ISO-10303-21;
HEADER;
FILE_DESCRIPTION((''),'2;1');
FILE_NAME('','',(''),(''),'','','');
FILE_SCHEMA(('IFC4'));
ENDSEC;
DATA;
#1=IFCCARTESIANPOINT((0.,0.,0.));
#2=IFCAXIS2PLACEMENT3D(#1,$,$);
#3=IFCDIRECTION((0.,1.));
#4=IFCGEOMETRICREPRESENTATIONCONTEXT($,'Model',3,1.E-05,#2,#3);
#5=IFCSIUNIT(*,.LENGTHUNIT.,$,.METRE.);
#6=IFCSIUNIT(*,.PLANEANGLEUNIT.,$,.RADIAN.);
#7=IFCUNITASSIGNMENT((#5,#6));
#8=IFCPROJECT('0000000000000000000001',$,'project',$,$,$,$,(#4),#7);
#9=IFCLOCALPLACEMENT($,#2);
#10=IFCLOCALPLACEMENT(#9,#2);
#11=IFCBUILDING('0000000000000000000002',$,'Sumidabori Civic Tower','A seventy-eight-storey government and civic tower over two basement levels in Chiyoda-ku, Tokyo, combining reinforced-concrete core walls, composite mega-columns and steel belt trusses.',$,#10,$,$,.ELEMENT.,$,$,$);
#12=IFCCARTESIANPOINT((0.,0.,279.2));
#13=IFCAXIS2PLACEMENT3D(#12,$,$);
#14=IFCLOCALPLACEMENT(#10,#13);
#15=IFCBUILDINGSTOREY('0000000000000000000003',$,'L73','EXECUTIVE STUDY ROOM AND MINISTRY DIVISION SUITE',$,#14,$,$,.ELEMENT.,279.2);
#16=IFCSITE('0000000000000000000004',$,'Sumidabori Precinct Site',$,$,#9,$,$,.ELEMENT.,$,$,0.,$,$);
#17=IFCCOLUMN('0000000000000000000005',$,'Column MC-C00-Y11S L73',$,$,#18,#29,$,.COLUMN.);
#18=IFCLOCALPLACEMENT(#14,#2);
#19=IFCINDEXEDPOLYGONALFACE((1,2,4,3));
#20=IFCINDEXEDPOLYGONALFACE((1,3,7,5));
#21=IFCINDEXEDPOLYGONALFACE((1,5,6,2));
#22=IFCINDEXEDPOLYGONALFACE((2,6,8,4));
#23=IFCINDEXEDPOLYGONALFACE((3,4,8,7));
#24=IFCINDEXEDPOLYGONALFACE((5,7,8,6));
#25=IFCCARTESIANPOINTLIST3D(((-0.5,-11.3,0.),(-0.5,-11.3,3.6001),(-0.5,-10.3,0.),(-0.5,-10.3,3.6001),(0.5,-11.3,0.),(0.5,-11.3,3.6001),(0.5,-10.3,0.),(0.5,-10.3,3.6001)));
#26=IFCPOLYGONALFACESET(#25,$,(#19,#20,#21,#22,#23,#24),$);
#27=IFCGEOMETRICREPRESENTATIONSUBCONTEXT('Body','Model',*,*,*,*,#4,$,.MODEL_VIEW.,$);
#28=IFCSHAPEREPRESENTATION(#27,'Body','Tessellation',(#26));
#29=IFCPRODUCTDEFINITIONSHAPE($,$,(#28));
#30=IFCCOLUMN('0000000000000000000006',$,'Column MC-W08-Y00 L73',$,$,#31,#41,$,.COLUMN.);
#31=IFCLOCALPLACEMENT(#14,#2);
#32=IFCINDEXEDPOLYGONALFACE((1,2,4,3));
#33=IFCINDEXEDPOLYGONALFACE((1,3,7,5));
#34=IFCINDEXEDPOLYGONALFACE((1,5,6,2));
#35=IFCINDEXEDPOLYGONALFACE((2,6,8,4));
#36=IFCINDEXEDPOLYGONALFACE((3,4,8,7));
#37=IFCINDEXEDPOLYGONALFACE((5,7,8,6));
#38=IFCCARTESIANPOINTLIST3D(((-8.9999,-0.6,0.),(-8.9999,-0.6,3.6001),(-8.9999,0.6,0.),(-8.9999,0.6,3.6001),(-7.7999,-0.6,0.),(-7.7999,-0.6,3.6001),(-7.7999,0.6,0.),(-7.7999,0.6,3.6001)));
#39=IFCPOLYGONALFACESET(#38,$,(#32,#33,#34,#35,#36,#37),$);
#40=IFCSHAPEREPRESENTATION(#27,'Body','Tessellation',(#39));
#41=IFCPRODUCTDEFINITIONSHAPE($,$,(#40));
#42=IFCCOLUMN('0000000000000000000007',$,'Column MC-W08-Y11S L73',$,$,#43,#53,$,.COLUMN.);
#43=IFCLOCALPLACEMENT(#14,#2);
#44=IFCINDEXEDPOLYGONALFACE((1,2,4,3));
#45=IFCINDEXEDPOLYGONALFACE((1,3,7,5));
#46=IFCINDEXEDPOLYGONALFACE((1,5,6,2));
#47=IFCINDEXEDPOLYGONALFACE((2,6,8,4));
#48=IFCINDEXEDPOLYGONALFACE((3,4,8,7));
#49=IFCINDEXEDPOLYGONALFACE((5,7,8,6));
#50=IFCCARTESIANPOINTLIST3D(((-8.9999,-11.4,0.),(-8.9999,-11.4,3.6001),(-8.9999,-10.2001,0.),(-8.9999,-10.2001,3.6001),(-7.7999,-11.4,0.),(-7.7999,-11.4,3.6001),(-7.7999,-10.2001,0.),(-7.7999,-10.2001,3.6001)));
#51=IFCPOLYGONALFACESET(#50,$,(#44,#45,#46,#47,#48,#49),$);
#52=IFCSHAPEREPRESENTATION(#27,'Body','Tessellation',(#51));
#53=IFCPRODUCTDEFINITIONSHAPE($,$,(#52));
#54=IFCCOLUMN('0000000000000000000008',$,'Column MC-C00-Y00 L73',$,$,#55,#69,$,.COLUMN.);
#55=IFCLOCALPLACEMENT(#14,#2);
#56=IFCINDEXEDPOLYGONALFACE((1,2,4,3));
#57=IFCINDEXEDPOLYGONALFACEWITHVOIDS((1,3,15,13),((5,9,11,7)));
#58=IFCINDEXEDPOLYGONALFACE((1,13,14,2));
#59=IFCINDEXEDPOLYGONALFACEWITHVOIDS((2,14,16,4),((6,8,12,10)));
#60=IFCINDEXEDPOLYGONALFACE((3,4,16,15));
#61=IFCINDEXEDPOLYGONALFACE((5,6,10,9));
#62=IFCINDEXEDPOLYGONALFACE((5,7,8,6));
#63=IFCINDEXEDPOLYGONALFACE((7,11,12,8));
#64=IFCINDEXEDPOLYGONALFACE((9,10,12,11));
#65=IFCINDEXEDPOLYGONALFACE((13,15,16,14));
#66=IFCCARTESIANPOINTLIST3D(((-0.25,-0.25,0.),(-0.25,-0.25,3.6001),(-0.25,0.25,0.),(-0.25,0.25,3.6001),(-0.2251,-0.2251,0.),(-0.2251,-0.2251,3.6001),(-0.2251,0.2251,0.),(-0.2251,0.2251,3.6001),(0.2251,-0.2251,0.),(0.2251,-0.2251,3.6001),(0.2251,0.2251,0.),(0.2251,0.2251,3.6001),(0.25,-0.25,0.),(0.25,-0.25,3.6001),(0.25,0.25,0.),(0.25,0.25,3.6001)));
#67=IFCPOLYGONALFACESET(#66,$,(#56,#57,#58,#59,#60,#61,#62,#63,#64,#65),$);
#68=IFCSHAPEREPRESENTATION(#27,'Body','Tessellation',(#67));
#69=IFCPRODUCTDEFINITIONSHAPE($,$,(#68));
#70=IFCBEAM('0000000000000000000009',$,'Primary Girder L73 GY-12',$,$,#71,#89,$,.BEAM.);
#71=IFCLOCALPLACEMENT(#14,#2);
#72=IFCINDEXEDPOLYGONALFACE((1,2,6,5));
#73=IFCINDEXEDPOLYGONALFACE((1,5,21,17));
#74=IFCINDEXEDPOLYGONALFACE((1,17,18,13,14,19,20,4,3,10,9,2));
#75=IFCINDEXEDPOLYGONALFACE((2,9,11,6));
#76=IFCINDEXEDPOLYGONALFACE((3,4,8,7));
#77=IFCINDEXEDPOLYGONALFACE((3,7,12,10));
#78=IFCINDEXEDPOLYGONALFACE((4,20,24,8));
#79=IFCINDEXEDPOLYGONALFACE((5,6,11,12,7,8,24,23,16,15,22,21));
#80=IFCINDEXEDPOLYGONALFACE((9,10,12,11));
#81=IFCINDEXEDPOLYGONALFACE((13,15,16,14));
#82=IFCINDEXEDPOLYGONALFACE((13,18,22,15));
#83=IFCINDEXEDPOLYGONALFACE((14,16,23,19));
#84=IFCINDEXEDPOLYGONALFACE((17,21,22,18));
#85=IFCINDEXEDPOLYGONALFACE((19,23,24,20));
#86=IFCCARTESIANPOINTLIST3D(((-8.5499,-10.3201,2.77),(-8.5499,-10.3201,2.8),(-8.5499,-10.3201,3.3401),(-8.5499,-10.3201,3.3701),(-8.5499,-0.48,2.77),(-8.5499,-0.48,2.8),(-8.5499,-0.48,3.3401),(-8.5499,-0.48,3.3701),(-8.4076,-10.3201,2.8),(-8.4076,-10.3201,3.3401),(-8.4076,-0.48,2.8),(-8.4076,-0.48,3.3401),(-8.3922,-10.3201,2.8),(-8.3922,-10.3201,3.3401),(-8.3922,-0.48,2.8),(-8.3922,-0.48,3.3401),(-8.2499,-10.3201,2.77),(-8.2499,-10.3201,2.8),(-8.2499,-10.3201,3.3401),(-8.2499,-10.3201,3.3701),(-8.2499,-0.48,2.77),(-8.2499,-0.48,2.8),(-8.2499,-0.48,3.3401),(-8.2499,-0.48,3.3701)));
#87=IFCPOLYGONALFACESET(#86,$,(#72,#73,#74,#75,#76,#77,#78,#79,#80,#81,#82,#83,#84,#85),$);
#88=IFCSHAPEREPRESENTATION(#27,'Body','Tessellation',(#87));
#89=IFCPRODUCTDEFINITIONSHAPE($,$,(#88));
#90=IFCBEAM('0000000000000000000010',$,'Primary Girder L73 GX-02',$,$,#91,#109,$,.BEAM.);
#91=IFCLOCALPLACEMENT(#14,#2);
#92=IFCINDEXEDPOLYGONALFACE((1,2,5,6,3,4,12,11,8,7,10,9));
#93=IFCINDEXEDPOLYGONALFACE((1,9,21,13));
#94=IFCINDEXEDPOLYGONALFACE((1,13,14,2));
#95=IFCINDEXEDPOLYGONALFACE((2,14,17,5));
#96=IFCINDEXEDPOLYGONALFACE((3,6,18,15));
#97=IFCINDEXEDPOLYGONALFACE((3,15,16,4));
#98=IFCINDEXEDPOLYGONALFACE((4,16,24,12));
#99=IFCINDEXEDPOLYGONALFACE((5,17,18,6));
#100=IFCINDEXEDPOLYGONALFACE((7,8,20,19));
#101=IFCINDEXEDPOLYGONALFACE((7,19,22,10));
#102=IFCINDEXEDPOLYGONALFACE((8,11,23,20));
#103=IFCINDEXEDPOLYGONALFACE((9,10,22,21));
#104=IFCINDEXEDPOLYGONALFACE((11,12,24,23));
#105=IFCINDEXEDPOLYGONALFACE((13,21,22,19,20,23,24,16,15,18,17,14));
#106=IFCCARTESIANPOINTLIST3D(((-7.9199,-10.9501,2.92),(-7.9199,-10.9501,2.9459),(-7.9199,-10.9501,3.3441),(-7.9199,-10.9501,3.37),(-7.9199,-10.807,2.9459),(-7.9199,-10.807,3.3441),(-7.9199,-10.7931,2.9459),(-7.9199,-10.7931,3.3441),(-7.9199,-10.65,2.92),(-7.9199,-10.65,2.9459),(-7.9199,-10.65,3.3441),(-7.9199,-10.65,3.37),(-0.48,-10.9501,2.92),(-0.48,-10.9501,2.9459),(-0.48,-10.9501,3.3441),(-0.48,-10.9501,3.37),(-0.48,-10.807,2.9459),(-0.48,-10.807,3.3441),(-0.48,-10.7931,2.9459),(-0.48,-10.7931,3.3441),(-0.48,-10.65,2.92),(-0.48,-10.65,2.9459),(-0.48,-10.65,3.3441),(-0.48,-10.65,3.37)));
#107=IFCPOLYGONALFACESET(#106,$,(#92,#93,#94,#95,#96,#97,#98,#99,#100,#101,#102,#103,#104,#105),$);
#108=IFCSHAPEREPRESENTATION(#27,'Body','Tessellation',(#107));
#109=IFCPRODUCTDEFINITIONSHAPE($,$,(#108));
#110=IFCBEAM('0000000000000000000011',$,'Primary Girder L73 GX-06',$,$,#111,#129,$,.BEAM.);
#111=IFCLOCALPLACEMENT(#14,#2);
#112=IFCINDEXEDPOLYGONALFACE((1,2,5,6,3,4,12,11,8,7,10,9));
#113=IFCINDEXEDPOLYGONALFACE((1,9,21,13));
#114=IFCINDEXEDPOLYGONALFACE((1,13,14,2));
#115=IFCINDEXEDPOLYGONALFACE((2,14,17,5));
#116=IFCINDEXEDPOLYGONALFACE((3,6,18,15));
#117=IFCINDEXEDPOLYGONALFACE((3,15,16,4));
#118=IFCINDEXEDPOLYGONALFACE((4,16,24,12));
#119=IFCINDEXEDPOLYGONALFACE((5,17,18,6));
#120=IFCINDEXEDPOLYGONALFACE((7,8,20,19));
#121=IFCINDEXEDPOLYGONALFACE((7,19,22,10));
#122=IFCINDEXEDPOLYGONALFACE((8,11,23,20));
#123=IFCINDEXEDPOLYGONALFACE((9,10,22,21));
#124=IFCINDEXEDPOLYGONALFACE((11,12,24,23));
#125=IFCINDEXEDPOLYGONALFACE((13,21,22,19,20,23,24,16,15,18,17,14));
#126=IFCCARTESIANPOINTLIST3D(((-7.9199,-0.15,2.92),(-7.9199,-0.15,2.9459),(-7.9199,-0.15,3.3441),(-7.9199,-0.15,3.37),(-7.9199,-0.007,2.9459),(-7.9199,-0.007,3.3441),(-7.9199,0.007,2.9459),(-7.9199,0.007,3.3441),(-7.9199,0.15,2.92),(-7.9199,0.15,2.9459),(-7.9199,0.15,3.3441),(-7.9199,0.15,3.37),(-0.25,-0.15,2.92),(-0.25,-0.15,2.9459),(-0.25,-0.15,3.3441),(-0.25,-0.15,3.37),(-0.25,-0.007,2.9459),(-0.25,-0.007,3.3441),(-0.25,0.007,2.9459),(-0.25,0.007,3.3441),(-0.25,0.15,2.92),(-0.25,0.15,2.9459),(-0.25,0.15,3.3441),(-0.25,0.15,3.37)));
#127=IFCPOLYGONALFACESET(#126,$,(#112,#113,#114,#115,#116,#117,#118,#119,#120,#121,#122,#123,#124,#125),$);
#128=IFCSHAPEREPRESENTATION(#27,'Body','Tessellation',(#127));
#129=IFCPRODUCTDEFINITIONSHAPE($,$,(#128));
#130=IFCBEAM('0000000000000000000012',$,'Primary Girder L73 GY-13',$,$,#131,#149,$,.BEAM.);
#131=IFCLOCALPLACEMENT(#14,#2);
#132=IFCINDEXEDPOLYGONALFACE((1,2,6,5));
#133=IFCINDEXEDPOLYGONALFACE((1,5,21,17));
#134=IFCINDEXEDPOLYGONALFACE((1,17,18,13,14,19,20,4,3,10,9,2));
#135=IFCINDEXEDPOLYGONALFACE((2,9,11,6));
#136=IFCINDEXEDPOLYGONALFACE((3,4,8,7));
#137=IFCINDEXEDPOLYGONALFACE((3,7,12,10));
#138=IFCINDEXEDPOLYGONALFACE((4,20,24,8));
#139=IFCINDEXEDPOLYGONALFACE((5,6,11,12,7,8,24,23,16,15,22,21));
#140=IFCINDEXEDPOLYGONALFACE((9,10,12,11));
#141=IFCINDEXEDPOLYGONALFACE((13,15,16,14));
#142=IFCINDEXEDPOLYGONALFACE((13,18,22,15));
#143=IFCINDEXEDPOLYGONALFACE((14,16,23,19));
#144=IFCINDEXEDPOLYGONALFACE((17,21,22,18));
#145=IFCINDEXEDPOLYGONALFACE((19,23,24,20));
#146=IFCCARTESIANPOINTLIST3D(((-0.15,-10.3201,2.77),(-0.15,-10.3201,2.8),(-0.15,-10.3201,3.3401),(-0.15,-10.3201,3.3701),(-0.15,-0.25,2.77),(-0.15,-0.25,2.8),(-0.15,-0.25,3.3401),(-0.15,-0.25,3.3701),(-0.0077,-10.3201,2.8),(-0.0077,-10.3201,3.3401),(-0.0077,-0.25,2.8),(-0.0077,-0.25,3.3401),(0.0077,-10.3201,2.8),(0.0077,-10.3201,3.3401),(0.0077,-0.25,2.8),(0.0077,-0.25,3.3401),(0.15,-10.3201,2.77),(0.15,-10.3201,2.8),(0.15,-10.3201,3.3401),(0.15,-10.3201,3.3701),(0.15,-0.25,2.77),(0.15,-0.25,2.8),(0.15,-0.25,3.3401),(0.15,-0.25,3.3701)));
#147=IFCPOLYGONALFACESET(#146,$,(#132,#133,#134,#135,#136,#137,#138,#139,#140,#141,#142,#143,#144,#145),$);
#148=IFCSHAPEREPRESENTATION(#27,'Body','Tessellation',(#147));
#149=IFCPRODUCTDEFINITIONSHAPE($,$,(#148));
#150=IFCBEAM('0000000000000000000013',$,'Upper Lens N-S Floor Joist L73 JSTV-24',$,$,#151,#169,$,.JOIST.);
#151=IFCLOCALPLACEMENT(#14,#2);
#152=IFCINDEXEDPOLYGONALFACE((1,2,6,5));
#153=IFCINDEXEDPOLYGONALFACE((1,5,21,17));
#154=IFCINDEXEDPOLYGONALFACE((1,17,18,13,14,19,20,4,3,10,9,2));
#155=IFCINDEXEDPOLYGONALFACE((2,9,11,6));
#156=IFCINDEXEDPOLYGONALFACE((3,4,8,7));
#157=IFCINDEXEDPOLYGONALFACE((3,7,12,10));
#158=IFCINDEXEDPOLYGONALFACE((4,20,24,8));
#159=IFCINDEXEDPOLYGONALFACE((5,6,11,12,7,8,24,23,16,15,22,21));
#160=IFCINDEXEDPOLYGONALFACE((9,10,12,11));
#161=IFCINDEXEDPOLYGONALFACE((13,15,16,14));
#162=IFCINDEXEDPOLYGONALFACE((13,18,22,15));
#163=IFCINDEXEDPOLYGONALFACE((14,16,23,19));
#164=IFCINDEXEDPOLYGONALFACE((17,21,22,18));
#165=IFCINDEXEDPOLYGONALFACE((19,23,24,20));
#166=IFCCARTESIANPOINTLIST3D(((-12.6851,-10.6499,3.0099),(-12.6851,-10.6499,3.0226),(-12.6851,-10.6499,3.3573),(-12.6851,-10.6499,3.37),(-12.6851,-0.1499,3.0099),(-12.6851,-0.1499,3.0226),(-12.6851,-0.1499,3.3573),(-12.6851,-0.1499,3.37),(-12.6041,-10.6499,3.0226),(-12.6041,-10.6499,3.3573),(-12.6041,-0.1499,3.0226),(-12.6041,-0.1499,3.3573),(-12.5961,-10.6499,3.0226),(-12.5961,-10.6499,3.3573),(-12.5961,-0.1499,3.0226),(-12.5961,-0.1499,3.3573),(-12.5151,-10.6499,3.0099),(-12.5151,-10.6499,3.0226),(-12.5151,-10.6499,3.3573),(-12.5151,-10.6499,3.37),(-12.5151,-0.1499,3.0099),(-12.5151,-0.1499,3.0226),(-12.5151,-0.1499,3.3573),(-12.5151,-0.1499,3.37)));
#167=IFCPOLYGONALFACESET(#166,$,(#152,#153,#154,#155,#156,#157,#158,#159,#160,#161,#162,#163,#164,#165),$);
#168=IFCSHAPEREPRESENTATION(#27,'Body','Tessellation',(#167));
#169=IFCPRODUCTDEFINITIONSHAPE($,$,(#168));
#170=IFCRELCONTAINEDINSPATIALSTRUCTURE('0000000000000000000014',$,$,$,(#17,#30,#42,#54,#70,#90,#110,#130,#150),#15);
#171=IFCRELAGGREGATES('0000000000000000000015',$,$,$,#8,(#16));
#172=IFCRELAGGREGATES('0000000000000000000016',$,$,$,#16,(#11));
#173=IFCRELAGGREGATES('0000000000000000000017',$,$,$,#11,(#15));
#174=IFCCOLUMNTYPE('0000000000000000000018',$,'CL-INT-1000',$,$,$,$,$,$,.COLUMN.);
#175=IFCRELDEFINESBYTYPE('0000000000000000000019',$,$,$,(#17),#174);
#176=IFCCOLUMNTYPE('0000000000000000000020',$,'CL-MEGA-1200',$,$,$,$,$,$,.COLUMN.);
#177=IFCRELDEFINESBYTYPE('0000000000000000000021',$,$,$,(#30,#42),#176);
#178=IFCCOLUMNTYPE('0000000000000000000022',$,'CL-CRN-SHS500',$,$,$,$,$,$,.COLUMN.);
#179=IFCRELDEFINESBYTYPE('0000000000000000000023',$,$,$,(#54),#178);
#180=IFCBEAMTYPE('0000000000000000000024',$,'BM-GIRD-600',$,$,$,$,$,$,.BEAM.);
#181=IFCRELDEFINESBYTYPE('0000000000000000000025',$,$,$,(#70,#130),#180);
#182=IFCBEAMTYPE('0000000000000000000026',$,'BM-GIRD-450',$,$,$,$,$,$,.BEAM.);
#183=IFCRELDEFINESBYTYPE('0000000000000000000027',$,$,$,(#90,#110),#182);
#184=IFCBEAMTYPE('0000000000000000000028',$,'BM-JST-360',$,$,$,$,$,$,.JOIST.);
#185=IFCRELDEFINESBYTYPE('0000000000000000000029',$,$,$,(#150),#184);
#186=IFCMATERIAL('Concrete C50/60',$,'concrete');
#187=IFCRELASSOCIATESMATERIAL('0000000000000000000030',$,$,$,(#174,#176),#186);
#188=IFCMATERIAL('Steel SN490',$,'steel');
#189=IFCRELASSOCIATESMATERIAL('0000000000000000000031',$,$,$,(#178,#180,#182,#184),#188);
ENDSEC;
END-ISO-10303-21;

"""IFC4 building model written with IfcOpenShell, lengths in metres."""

from ifc_helpers import new_model, si_unit, direction, frame, origin, origin_with_axes, origin_2d, place, context, subcontext, project, spatial, rectangle, hollow_rectangle, i_section, extrude, source, transform, mapped, material, material_profile, profile_set, type_object, element, save


model = new_model("IFC4")

# Units and contexts
model_context = context("Model", 3, precision=1e-05, world=origin(), true_north=direction((0.0, 1.0)))
body_context = subcontext(model_context, "Body", "Model", "MODEL_VIEW")
ifc_project = project(units=[si_unit("LENGTHUNIT", "METRE"), si_unit("PLANEANGLEUNIT", "RADIAN")], contexts=[model_context])

# Site, building, storey
site_placement = place(None, origin())
site = spatial("IfcSite", under=ifc_project, at=site_placement, Name="Sumidabori Precinct Site", CompositionType="ELEMENT", RefElevation=0.0)
building_placement = place(site_placement, origin())
building = spatial("IfcBuilding", under=site, at=building_placement, Name="Sumidabori Civic Tower", Description="A seventy-eight-storey government and civic tower over two basement levels in Chiyoda-ku, Tokyo, combining reinforced-concrete core walls, composite mega-columns and steel belt trusses.", CompositionType="ELEMENT")
storey_placement = place(building_placement, frame((0.0, 0.0, 279.2)))
storey = spatial("IfcBuildingStorey", under=building, at=storey_placement, Name="L73", Description="EXECUTIVE STUDY ROOM AND MINISTRY DIVISION SUITE", CompositionType="ELEMENT", Elevation=279.2)

# Columns
ifc_material_1 = material(Name="Concrete C50/60", Category="concrete")
ifc_material_profile_1 = material_profile(ifc_material_1, rectangle(XDim=1.0, YDim=1.0, at=origin_2d()), Name="RC 1000x1000")
ifc_profile_set_1 = profile_set([ifc_material_profile_1], Name="Concrete C50/60")
column_type_1 = type_object("IfcColumnType", Name="CL-INT-1000", PredefinedType="COLUMN", material=ifc_profile_set_1)
shared_shape_1 = source(origin(), body_context, "Body", "SweptSolid", [
    extrude(rectangle(XDim=1.0, YDim=1.0, at=origin_2d()), origin(), (0.0, 0.0, 1.0), 3.6001),
])
column_1_placement = place(storey_placement, frame((0.0, -10.8, 0.0), z_axis=(0.0, 0.0, 1.0), x_axis=(1.0, 0.0, 0.0)))
element("IfcColumn", 1, at=column_1_placement, inside=storey, type_object=column_type_1, Name="Column MC-C00-Y11S L73", PredefinedType="COLUMN", context=body_context, shape_type="MappedRepresentation", body=[
    mapped(shared_shape_1, transform((0.0, 0.0, 0.0), x_axis=(1.0, 0.0, 0.0), y_axis=(0.0, 1.0, 0.0), z_axis=(0.0, 0.0, 1.0), scale=1.0)),
])
ifc_material_profile_2 = material_profile(ifc_material_1, rectangle(XDim=1.2, YDim=1.2, at=origin_2d()), Name="RC 1200x1200")
ifc_profile_set_2 = profile_set([ifc_material_profile_2], Name="Concrete C50/60")
column_type_2 = type_object("IfcColumnType", Name="CL-MEGA-1200", PredefinedType="COLUMN", material=ifc_profile_set_2)
shared_shape_2 = source(origin(), body_context, "Body", "SweptSolid", [
    extrude(rectangle(XDim=1.2, YDim=1.2, at=origin_2d()), origin(), (0.0, 0.0, 1.0), 3.6001),
])
for number, where, z_axis, x_axis, name in (
    (2, (-8.3999, 0.0, 0.0), (0.0, 0.0, 1.0), (1.0, 0.0, 0.0), "Column MC-W08-Y00 L73"),
    (3, (-8.3999, -10.8, 0.0), (0.0, 0.0, 1.0), (1.0, 0.0, 0.0), "Column MC-W08-Y11S L73"),
):
    element("IfcColumn", number, at=place(storey_placement, frame(where, z_axis=z_axis, x_axis=x_axis)), inside=storey, type_object=column_type_2, Name=name, PredefinedType="COLUMN", context=body_context, shape_type="MappedRepresentation", body=[
        mapped(shared_shape_2, transform((0.0, 0.0, 0.0), x_axis=(1.0, 0.0, 0.0), y_axis=(0.0, 1.0, 0.0), z_axis=(0.0, 0.0, 1.0), scale=1.0)),
    ])
ifc_material_2 = material(Name="Steel SN490", Category="steel")
ifc_material_profile_3 = material_profile(ifc_material_2, hollow_rectangle(XDim=0.5, YDim=0.5, WallThickness=0.0249, at=origin_2d()), Name="SHS 500x500x25")
ifc_profile_set_3 = profile_set([ifc_material_profile_3], Name="Steel SN490")
column_type_3 = type_object("IfcColumnType", Name="CL-CRN-SHS500", PredefinedType="COLUMN", material=ifc_profile_set_3)
shared_shape_3 = source(origin(), body_context, "Body", "SweptSolid", [
    extrude(hollow_rectangle(XDim=0.5, YDim=0.5, WallThickness=0.0249, at=origin_2d()), origin(), (0.0, 0.0, 1.0), 3.6001),
])
column_2_placement = place(storey_placement, origin_with_axes())
element("IfcColumn", 4, at=column_2_placement, inside=storey, type_object=column_type_3, Name="Column MC-C00-Y00 L73", PredefinedType="COLUMN", context=body_context, shape_type="MappedRepresentation", body=[
    mapped(shared_shape_3, transform((0.0, 0.0, 0.0), x_axis=(1.0, 0.0, 0.0), y_axis=(0.0, 1.0, 0.0), z_axis=(0.0, 0.0, 1.0), scale=1.0)),
])

# Beams
ifc_material_profile_4 = material_profile(ifc_material_2, i_section(OverallWidth=0.3, OverallDepth=0.6001, WebThickness=0.0154, FlangeThickness=0.03, at=origin_2d()), Name="HE 600 B")
ifc_profile_set_4 = profile_set([ifc_material_profile_4], Name="Steel SN490")
beam_type_1 = type_object("IfcBeamType", Name="BM-GIRD-600", PredefinedType="BEAM", material=ifc_profile_set_4)
shared_shape_4 = source(origin(), body_context, "Body", "SweptSolid", [
    extrude(i_section(OverallWidth=0.3, OverallDepth=0.6001, WebThickness=0.0154, FlangeThickness=0.03, at=origin_2d()), origin(), (0.0, 0.0, 1.0), 9.8401),
])
beam_1_placement = place(storey_placement, frame((-8.3999, -10.3201, 3.0701), z_axis=(0.0, 1.0, 0.0), x_axis=(-1.0, 0.0, 0.0)))
element("IfcBeam", 5, at=beam_1_placement, inside=storey, type_object=beam_type_1, Name="Primary Girder L73 GY-12", PredefinedType="BEAM", context=body_context, shape_type="MappedRepresentation", body=[
    mapped(shared_shape_4, transform((0.0, 0.0, 0.0), x_axis=(1.0, 0.0, 0.0), y_axis=(0.0, 1.0, 0.0), z_axis=(0.0, 0.0, 1.0), scale=1.0)),
])
ifc_material_profile_5 = material_profile(ifc_material_2, i_section(OverallWidth=0.3, OverallDepth=0.45, WebThickness=0.0139, FlangeThickness=0.0259, at=origin_2d()), Name="HE 450 B")
ifc_profile_set_5 = profile_set([ifc_material_profile_5], Name="Steel SN490")
beam_type_2 = type_object("IfcBeamType", Name="BM-GIRD-450", PredefinedType="BEAM", material=ifc_profile_set_5)
shared_shape_5 = source(origin(), body_context, "Body", "SweptSolid", [
    extrude(i_section(OverallWidth=0.3, OverallDepth=0.45, WebThickness=0.0139, FlangeThickness=0.0259, at=origin_2d()), origin(), (0.0, 0.0, 1.0), 7.4399),
])
beam_2_placement = place(storey_placement, frame((-7.9199, -10.8, 3.145), z_axis=(1.0, 0.0, 0.0), x_axis=(0.0, 1.0, 0.0)))
element("IfcBeam", 6, at=beam_2_placement, inside=storey, type_object=beam_type_2, Name="Primary Girder L73 GX-02", PredefinedType="BEAM", context=body_context, shape_type="MappedRepresentation", body=[
    mapped(shared_shape_5, transform((0.0, 0.0, 0.0), x_axis=(1.0, 0.0, 0.0), y_axis=(0.0, 1.0, 0.0), z_axis=(0.0, 0.0, 1.0), scale=1.0)),
])
shared_shape_6 = source(origin(), body_context, "Body", "SweptSolid", [
    extrude(i_section(OverallWidth=0.3, OverallDepth=0.45, WebThickness=0.0139, FlangeThickness=0.0259, at=origin_2d()), origin(), (0.0, 0.0, 1.0), 7.6699),
])
beam_3_placement = place(storey_placement, frame((-7.9199, 0.0, 3.145), z_axis=(1.0, 0.0, 0.0), x_axis=(0.0, 1.0, 0.0)))
element("IfcBeam", 7, at=beam_3_placement, inside=storey, type_object=beam_type_2, Name="Primary Girder L73 GX-06", PredefinedType="BEAM", context=body_context, shape_type="MappedRepresentation", body=[
    mapped(shared_shape_6, transform((0.0, 0.0, 0.0), x_axis=(1.0, 0.0, 0.0), y_axis=(0.0, 1.0, 0.0), z_axis=(0.0, 0.0, 1.0), scale=1.0)),
])
shared_shape_7 = source(origin(), body_context, "Body", "SweptSolid", [
    extrude(i_section(OverallWidth=0.3, OverallDepth=0.6001, WebThickness=0.0154, FlangeThickness=0.03, at=origin_2d()), origin(), (0.0, 0.0, 1.0), 10.0701),
])
beam_4_placement = place(storey_placement, frame((0.0, -10.3201, 3.0701), z_axis=(0.0, 1.0, 0.0), x_axis=(-1.0, 0.0, 0.0)))
element("IfcBeam", 8, at=beam_4_placement, inside=storey, type_object=beam_type_1, Name="Primary Girder L73 GY-13", PredefinedType="BEAM", context=body_context, shape_type="MappedRepresentation", body=[
    mapped(shared_shape_7, transform((0.0, 0.0, 0.0), x_axis=(1.0, 0.0, 0.0), y_axis=(0.0, 1.0, 0.0), z_axis=(0.0, 0.0, 1.0), scale=1.0)),
])
ifc_material_profile_6 = material_profile(ifc_material_2, i_section(OverallWidth=0.1699, OverallDepth=0.3601, WebThickness=0.0081, FlangeThickness=0.0127, at=origin_2d()), Name="IPE 360")
ifc_profile_set_6 = profile_set([ifc_material_profile_6], Name="Steel SN490")
beam_type_3 = type_object("IfcBeamType", Name="BM-JST-360", PredefinedType="JOIST", material=ifc_profile_set_6)
shared_shape_8 = source(origin(), body_context, "Body", "SweptSolid", [
    extrude(i_section(OverallWidth=0.1699, OverallDepth=0.3601, WebThickness=0.0081, FlangeThickness=0.0127, at=origin_2d()), origin(), (0.0, 0.0, 1.0), 10.5),
])
for number, where, z_axis, x_axis, name in (
    (9, (-12.6001, -10.6499, 3.1899), (0.0, 1.0, 0.0), (-1.0, 0.0, 0.0), "Upper Lens N-S Floor Joist L73 JSTV-24"),
):
    element("IfcBeam", number, at=place(storey_placement, frame(where, z_axis=z_axis, x_axis=x_axis)), inside=storey, type_object=beam_type_3, Name=name, PredefinedType="JOIST", context=body_context, shape_type="MappedRepresentation", body=[
        mapped(shared_shape_8, transform((0.0, 0.0, 0.0), x_axis=(1.0, 0.0, 0.0), y_axis=(0.0, 1.0, 0.0), z_axis=(0.0, 0.0, 1.0), scale=1.0)),
    ])

save(model, "model.ifc")
